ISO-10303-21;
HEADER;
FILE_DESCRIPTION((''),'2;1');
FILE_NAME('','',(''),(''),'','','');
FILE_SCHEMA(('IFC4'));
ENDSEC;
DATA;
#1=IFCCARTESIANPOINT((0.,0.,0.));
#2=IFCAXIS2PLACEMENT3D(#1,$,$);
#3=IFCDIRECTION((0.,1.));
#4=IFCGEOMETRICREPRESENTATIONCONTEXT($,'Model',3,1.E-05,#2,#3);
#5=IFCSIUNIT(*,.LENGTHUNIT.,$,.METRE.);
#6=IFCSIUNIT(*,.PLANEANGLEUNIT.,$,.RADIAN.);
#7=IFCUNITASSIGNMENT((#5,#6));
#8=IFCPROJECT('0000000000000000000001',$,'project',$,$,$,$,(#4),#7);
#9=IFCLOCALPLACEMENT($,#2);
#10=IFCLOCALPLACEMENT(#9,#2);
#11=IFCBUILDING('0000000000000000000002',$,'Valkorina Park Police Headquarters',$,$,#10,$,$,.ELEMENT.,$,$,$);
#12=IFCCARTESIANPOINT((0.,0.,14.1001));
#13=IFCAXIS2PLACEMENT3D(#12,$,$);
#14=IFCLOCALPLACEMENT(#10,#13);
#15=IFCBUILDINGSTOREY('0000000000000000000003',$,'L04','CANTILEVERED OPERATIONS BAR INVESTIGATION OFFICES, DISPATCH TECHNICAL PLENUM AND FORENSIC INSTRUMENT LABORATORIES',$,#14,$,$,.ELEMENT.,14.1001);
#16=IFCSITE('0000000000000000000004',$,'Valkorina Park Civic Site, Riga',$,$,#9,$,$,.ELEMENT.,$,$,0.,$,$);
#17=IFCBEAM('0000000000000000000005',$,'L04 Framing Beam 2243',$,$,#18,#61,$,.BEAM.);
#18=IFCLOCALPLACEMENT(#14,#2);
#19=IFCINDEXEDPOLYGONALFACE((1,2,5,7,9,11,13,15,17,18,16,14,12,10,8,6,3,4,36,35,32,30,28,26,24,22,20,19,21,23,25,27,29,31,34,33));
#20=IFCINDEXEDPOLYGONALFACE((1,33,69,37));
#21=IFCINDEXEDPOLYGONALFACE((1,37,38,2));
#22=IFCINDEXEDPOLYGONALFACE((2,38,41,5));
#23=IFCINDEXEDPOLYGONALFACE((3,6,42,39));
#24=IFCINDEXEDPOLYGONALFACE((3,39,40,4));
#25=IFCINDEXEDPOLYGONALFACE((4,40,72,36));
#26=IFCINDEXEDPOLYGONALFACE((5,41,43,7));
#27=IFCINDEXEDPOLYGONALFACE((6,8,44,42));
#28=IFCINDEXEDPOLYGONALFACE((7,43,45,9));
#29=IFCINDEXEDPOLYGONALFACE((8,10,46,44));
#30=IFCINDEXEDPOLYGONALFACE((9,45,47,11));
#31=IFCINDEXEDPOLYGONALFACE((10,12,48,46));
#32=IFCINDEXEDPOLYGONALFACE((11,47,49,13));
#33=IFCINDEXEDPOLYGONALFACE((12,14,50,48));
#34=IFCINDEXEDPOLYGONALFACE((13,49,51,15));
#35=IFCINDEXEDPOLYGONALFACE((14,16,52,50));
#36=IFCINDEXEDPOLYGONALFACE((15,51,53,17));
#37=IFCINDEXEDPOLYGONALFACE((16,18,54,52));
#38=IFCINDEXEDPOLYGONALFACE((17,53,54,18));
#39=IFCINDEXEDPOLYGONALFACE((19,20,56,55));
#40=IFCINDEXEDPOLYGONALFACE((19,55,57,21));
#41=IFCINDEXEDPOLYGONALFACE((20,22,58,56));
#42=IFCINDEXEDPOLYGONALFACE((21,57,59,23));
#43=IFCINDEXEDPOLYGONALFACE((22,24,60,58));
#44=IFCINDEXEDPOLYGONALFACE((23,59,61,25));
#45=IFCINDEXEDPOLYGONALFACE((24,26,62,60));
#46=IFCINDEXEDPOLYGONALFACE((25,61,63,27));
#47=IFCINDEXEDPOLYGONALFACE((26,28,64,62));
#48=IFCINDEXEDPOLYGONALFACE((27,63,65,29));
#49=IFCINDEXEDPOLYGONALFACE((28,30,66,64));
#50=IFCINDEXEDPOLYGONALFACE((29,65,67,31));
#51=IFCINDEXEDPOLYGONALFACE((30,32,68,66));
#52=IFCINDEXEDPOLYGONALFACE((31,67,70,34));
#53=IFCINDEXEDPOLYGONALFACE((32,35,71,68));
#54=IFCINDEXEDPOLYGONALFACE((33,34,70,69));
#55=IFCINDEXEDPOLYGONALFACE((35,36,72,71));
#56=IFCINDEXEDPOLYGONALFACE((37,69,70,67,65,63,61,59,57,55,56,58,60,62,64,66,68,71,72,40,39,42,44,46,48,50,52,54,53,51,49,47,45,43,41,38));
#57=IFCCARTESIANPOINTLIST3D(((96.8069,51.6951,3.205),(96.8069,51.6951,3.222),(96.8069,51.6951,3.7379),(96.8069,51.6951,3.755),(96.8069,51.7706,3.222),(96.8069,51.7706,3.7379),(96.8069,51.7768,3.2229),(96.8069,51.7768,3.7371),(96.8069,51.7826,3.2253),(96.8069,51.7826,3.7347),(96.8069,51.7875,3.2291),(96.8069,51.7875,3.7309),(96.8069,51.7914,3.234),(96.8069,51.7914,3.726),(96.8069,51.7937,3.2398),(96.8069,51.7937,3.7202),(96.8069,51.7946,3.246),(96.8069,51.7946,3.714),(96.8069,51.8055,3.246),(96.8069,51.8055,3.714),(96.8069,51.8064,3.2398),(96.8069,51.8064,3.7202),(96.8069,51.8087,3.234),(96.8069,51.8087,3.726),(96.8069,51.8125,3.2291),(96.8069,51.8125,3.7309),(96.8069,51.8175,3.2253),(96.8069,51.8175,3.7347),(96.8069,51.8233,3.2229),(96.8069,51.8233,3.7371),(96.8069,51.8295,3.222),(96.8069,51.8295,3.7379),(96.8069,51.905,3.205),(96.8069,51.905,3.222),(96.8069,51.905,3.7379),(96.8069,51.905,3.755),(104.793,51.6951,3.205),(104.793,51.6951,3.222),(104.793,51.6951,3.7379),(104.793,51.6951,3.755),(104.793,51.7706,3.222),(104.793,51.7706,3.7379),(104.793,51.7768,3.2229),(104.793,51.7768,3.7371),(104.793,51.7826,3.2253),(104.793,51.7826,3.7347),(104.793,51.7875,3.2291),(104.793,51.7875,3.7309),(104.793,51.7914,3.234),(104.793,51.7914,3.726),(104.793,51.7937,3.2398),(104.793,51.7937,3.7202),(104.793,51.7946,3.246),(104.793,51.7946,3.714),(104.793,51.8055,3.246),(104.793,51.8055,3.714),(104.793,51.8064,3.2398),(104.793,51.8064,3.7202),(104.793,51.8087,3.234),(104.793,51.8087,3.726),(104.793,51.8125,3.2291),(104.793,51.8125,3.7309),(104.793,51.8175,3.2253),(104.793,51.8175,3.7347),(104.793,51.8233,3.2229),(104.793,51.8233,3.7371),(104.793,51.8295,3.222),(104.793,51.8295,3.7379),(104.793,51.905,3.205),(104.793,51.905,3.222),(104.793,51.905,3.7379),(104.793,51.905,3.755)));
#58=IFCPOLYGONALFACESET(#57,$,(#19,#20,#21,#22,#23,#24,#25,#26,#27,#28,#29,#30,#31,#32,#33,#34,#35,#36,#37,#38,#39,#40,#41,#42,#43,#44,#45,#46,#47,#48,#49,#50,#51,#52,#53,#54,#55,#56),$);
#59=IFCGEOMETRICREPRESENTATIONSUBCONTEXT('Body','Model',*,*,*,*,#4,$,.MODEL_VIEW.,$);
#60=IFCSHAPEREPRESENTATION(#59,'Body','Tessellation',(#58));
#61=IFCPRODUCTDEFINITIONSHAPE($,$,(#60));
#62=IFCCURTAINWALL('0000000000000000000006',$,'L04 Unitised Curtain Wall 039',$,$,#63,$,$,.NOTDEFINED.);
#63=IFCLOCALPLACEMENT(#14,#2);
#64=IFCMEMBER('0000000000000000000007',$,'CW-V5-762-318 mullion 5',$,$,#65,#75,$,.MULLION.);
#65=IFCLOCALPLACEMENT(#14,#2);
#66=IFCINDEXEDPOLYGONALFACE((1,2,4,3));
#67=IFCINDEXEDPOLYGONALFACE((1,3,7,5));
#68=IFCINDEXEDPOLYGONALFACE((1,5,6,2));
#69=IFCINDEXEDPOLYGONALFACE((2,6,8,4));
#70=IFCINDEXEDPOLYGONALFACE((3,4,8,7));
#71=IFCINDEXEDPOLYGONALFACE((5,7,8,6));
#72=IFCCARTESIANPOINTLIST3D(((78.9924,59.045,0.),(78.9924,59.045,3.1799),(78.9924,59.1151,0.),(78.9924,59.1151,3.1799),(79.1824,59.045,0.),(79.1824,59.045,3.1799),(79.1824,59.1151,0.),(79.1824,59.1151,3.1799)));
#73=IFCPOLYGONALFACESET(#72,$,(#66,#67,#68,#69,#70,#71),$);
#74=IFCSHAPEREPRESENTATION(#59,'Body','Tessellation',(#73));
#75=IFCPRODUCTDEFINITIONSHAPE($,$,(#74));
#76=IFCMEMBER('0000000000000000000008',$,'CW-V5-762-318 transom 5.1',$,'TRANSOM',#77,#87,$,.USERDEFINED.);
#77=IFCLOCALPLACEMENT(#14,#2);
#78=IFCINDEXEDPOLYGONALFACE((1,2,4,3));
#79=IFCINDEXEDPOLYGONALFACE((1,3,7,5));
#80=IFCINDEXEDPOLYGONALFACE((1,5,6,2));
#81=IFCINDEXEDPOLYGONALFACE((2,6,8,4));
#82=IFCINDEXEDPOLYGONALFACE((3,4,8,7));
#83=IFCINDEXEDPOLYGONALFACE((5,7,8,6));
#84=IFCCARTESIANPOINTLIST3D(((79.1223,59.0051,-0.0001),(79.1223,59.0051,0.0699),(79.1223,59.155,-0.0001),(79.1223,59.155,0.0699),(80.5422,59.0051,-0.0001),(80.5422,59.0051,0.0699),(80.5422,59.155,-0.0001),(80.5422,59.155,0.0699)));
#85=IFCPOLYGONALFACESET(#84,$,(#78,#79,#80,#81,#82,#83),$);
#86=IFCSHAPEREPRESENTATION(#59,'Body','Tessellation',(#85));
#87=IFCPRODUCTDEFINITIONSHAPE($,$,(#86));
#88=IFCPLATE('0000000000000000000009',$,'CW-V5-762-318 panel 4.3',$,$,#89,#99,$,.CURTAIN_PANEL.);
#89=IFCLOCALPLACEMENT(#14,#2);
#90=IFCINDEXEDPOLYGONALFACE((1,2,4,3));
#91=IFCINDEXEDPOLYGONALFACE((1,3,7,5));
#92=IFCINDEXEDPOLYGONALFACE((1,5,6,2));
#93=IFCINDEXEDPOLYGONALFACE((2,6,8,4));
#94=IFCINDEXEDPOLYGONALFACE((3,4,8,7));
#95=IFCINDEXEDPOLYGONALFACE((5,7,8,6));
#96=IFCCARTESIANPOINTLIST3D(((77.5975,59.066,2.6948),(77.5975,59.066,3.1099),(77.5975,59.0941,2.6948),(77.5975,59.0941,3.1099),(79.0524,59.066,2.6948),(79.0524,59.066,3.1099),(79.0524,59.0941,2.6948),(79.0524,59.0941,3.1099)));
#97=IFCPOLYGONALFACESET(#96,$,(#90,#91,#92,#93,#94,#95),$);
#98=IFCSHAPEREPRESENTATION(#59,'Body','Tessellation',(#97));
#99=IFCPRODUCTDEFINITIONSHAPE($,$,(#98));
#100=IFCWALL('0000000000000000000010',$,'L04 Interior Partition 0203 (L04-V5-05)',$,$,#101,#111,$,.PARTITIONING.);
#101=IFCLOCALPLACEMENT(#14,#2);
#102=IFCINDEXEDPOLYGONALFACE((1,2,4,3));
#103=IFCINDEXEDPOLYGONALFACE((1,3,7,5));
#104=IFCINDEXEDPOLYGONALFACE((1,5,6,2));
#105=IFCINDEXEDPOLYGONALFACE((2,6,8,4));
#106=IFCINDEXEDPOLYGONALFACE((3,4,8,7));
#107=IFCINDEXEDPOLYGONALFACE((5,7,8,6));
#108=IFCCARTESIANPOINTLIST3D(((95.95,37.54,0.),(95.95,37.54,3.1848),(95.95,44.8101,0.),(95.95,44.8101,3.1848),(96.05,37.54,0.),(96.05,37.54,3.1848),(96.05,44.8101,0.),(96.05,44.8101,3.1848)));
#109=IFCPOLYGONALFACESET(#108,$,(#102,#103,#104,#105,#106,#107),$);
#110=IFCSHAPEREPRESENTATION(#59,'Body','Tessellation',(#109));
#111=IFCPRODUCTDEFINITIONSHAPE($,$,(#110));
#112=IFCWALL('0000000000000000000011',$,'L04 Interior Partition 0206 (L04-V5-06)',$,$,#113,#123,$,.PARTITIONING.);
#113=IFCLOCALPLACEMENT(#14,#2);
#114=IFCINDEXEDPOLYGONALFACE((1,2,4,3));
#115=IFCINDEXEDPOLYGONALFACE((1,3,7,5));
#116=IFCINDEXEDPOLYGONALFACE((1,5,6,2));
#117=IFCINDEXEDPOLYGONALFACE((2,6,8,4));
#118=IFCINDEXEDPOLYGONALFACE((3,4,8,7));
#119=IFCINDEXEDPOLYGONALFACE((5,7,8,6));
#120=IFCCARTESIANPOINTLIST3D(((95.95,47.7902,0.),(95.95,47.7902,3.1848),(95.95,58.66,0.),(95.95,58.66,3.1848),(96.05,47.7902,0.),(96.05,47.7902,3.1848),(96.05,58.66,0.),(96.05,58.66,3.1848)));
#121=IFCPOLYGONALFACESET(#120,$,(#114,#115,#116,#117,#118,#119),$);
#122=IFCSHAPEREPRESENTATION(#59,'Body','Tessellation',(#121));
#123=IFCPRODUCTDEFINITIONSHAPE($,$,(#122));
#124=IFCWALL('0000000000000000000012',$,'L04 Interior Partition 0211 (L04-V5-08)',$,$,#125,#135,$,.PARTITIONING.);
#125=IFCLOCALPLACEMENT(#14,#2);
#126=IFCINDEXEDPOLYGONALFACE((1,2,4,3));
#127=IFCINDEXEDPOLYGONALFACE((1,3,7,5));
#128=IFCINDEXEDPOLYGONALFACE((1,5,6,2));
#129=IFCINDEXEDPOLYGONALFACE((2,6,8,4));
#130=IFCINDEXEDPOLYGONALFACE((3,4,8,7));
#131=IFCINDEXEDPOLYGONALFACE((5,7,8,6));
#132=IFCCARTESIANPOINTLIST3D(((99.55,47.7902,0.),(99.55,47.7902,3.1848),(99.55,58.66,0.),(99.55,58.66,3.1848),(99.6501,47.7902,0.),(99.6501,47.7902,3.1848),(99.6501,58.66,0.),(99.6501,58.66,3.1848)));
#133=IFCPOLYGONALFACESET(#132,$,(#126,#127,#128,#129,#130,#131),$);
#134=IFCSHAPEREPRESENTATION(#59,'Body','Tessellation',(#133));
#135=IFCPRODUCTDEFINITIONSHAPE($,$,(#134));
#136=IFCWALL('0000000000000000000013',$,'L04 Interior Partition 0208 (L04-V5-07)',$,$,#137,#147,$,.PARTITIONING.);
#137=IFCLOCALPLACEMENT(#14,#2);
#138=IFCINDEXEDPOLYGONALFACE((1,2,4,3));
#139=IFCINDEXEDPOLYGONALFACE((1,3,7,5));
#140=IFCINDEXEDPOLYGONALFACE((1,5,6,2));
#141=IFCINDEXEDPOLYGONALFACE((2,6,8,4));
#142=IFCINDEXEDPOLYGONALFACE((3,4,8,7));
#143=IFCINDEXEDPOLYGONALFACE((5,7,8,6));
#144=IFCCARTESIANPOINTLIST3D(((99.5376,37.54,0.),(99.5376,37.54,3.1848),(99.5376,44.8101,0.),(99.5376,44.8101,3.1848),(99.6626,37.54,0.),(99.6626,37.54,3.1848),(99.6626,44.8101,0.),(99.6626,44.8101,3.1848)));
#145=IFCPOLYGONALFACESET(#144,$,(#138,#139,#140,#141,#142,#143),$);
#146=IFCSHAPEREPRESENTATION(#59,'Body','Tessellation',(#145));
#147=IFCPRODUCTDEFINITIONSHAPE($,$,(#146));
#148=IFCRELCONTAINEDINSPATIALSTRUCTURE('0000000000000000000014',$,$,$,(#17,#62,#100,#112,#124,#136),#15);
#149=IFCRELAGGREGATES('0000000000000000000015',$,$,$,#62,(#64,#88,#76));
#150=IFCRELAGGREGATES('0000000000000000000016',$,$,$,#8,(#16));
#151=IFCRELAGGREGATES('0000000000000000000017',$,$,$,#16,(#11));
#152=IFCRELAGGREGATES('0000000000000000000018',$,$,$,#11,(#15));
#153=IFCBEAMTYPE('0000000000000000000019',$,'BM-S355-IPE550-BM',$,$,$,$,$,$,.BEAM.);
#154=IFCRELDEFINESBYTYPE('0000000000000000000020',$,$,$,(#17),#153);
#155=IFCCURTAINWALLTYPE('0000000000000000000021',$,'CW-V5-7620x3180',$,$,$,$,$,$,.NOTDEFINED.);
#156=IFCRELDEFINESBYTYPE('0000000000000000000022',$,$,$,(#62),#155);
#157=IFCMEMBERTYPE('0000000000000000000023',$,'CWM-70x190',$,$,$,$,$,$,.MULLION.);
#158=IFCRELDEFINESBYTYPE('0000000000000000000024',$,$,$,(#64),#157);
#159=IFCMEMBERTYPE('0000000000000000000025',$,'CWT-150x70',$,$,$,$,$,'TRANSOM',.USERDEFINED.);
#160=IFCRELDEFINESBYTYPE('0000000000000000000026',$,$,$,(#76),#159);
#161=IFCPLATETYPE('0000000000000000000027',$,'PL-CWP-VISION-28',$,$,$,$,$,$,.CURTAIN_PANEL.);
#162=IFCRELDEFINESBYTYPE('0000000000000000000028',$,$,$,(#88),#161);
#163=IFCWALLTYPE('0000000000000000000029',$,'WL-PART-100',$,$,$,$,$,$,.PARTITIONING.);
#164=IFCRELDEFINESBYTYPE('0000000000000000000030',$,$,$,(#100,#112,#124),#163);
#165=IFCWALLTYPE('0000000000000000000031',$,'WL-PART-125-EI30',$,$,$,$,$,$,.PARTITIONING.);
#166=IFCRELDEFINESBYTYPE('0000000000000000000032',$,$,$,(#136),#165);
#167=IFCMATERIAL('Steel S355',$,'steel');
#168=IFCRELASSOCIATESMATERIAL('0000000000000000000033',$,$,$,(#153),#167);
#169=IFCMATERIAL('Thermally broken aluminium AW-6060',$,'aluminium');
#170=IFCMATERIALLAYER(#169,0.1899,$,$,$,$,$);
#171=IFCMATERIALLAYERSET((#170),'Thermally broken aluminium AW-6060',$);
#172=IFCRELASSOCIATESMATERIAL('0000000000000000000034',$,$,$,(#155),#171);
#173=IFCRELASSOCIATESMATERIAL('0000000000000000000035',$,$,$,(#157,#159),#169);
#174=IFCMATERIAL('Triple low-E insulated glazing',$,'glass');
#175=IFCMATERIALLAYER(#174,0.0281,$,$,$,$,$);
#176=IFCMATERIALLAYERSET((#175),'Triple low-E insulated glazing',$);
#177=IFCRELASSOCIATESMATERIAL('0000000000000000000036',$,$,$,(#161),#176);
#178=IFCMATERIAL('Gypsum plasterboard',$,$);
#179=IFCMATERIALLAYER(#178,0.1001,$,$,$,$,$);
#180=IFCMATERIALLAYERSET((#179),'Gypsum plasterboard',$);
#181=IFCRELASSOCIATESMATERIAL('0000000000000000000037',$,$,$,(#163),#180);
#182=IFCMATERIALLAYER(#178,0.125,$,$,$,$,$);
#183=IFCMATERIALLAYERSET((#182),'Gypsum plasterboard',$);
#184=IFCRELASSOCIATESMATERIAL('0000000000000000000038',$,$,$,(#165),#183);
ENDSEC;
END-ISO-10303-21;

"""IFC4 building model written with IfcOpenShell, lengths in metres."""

from ifc_helpers import new_model, si_unit, direction, frame, frame_2d, origin, origin_2d, place, context, subcontext, project, spatial, rectangle, i_section, extrude, material, layer, layer_set, material_profile, profile_set, type_object, element, aggregate, save


model = new_model("IFC4")

# Units and contexts
model_context = context("Model", 3, precision=1e-05, world=origin(), true_north=direction((0.0, 1.0)))
body_context = subcontext(model_context, "Body", "Model", "MODEL_VIEW")
ifc_project = project(units=[si_unit("LENGTHUNIT", "METRE"), si_unit("PLANEANGLEUNIT", "RADIAN")], contexts=[model_context])

# Site, building, storey
site_placement = place(None, origin())
site = spatial("IfcSite", under=ifc_project, at=site_placement, Name="Valkorina Park Civic Site, Riga", CompositionType="ELEMENT", RefElevation=0.0)
building_placement = place(site_placement, origin())
building = spatial("IfcBuilding", under=site, at=building_placement, Name="Valkorina Park Police Headquarters", CompositionType="ELEMENT")
storey_placement = place(building_placement, frame((0.0, 0.0, 14.1001)))
storey = spatial("IfcBuildingStorey", under=building, at=storey_placement, Name="L04", Description="CANTILEVERED OPERATIONS BAR INVESTIGATION OFFICES, DISPATCH TECHNICAL PLENUM AND FORENSIC INSTRUMENT LABORATORIES", CompositionType="ELEMENT", Elevation=14.1001)

# Shared definitions
ifc_material_1 = material(Name="Steel S355", Category="steel")

# Beam
ifc_material_profile_1 = material_profile(ifc_material_1, i_section(OverallWidth=0.21, OverallDepth=0.55, WebThickness=0.011, FlangeThickness=0.0171, FilletRadius=0.0239, at=origin_2d()), Name="IPE 550")
ifc_profile_set_1 = profile_set([ifc_material_profile_1], Name="Steel S355")
beam_type_1 = type_object("IfcBeamType", Name="BM-S355-IPE550-BM", PredefinedType="BEAM", material=ifc_profile_set_1)
for number, where, z_axis, x_axis, name in (
    (1, (96.8069, 51.8, 3.48), (1.0, 0.0, 0.0), (0.0, 1.0, 0.0), "L04 Framing Beam 2243"),
):
    element("IfcBeam", number, at=place(storey_placement, frame(where, z_axis=z_axis, x_axis=x_axis)), inside=storey, type_object=beam_type_1, Name=name, PredefinedType="BEAM", context=body_context, shape_type="SweptSolid", body=[
        extrude(i_section(OverallWidth=0.21, OverallDepth=0.55, WebThickness=0.011, FlangeThickness=0.0171, FilletRadius=0.0239, at=origin_2d()), origin(), (0.0, 0.0, 1.0), 7.9861),
    ])

# Curtain wall, members, plate
ifc_material_2 = material(Name="Thermally broken aluminium AW-6060", Category="aluminium")
ifc_layer_1 = layer(ifc_material_2, 0.1899)
ifc_layer_set_1 = layer_set([ifc_layer_1], Name="Thermally broken aluminium AW-6060")
curtain_wall_type = type_object("IfcCurtainWallType", Name="CW-V5-7620x3180", PredefinedType="NOTDEFINED", material=ifc_layer_set_1)
curtain_wall_placement = place(storey_placement, origin())
curtain_wall = element("IfcCurtainWall", 2, at=curtain_wall_placement, inside=storey, type_object=curtain_wall_type, Name="L04 Unitised Curtain Wall 039", PredefinedType="NOTDEFINED")
ifc_material_profile_2 = material_profile(ifc_material_2, rectangle(XDim=0.0701, YDim=0.1899, at=origin_2d()), Name="CWM-02 70x190")
ifc_profile_set_2 = profile_set([ifc_material_profile_2], Name="Thermally broken aluminium AW-6060")
member_type_1 = type_object("IfcMemberType", Name="CWM-70x190", PredefinedType="MULLION", material=ifc_profile_set_2)
member_1_placement = place(storey_placement, frame((79.0874, 59.0801, 0.0), z_axis=(0.0, 0.0, 1.0), x_axis=(0.0, 1.0, 0.0)))
member_1 = element("IfcMember", 3, at=member_1_placement, type_object=member_type_1, Name="CW-V5-762-318 mullion 5", PredefinedType="MULLION", context=body_context, shape_type="SweptSolid", body=[
    extrude(rectangle(XDim=0.0701, YDim=0.1899, at=origin_2d()), origin(), (0.0, 0.0, 1.0), 3.1799),
])
ifc_material_profile_3 = material_profile(ifc_material_2, rectangle(XDim=0.1499, YDim=0.0701, at=origin_2d()), Name="CWT-02 150x70")
ifc_profile_set_3 = profile_set([ifc_material_profile_3], Name="Thermally broken aluminium AW-6060")
member_type_2 = type_object("IfcMemberType", Name="CWT-150x70", ElementType="TRANSOM", PredefinedType="USERDEFINED", material=ifc_profile_set_3)
member_2_placement = place(storey_placement, frame((79.1223, 59.0801, 0.0349), z_axis=(1.0, 0.0, 0.0), x_axis=(0.0, 1.0, 0.0)))
member_2 = element("IfcMember", 4, at=member_2_placement, type_object=member_type_2, Name="CW-V5-762-318 transom 5.1", ObjectType="TRANSOM", PredefinedType="USERDEFINED", context=body_context, shape_type="SweptSolid", body=[
    extrude(rectangle(XDim=0.1499, YDim=0.0701, at=origin_2d()), origin(), (0.0, 0.0, 1.0), 1.4199),
])
ifc_material_3 = material(Name="Triple low-E insulated glazing", Category="glass")
ifc_layer_2 = layer(ifc_material_3, 0.0281)
ifc_layer_set_2 = layer_set([ifc_layer_2], Name="Triple low-E insulated glazing")
plate_type = type_object("IfcPlateType", Name="PL-CWP-VISION-28", PredefinedType="CURTAIN_PANEL", material=ifc_layer_set_2)
plate_placement = place(storey_placement, frame((78.325, 59.0801, 2.6948), z_axis=(0.0, 0.0, 1.0), x_axis=(1.0, 0.0, 0.0)))
plate = element("IfcPlate", 5, at=plate_placement, type_object=plate_type, Name="CW-V5-762-318 panel 4.3", PredefinedType="CURTAIN_PANEL", context=body_context, shape_type="SweptSolid", body=[
    extrude(rectangle(XDim=1.4548, YDim=0.0281, at=origin_2d()), origin(), (0.0, 0.0, 1.0), 0.415),
])
aggregate(curtain_wall, [member_1, plate, member_2])

# Walls
ifc_material_4 = material(Name="Gypsum plasterboard")
ifc_layer_3 = layer(ifc_material_4, 0.1001)
ifc_layer_set_3 = layer_set([ifc_layer_3], Name="Gypsum plasterboard")
wall_type_1 = type_object("IfcWallType", Name="WL-PART-100", PredefinedType="PARTITIONING", material=ifc_layer_set_3)
wall_1_placement = place(storey_placement, frame((96.0, 37.54, 0.0), z_axis=(0.0, 0.0, 1.0), x_axis=(0.0, 1.0, 0.0)))
element("IfcWall", 6, at=wall_1_placement, inside=storey, type_object=wall_type_1, Name="L04 Interior Partition 0203 (L04-V5-05)", PredefinedType="PARTITIONING", context=body_context, shape_type="SweptSolid", body=[
    extrude(rectangle(XDim=7.27, YDim=0.1001, at=frame_2d((3.635, 0.0))), origin(), (0.0, 0.0, 1.0), 3.1848),
])
for number, where, z_axis, x_axis, name in (
    (7, (96.0, 47.79, 0.0), (0.0, 0.0, 1.0), (0.0, 1.0, 0.0), "L04 Interior Partition 0206 (L04-V5-06)"),
    (8, (99.6001, 47.79, 0.0), (0.0, 0.0, 1.0), (0.0, 1.0, 0.0), "L04 Interior Partition 0211 (L04-V5-08)"),
):
    element("IfcWall", number, at=place(storey_placement, frame(where, z_axis=z_axis, x_axis=x_axis)), inside=storey, type_object=wall_type_1, Name=name, PredefinedType="PARTITIONING", context=body_context, shape_type="SweptSolid", body=[
        extrude(rectangle(XDim=10.8699, YDim=0.1001, at=frame_2d((5.4351, 0.0))), origin(), (0.0, 0.0, 1.0), 3.1848),
    ])
ifc_layer_4 = layer(ifc_material_4, 0.125)
ifc_layer_set_4 = layer_set([ifc_layer_4], Name="Gypsum plasterboard")
wall_type_2 = type_object("IfcWallType", Name="WL-PART-125-EI30", PredefinedType="PARTITIONING", material=ifc_layer_set_4)
wall_2_placement = place(storey_placement, frame((99.6001, 37.54, 0.0), z_axis=(0.0, 0.0, 1.0), x_axis=(0.0, 1.0, 0.0)))
element("IfcWall", 9, at=wall_2_placement, inside=storey, type_object=wall_type_2, Name="L04 Interior Partition 0208 (L04-V5-07)", PredefinedType="PARTITIONING", context=body_context, shape_type="SweptSolid", body=[
    extrude(rectangle(XDim=7.27, YDim=0.125, at=frame_2d((3.635, 0.0))), origin(), (0.0, 0.0, 1.0), 3.1848),
])

save(model, "model.ifc")
